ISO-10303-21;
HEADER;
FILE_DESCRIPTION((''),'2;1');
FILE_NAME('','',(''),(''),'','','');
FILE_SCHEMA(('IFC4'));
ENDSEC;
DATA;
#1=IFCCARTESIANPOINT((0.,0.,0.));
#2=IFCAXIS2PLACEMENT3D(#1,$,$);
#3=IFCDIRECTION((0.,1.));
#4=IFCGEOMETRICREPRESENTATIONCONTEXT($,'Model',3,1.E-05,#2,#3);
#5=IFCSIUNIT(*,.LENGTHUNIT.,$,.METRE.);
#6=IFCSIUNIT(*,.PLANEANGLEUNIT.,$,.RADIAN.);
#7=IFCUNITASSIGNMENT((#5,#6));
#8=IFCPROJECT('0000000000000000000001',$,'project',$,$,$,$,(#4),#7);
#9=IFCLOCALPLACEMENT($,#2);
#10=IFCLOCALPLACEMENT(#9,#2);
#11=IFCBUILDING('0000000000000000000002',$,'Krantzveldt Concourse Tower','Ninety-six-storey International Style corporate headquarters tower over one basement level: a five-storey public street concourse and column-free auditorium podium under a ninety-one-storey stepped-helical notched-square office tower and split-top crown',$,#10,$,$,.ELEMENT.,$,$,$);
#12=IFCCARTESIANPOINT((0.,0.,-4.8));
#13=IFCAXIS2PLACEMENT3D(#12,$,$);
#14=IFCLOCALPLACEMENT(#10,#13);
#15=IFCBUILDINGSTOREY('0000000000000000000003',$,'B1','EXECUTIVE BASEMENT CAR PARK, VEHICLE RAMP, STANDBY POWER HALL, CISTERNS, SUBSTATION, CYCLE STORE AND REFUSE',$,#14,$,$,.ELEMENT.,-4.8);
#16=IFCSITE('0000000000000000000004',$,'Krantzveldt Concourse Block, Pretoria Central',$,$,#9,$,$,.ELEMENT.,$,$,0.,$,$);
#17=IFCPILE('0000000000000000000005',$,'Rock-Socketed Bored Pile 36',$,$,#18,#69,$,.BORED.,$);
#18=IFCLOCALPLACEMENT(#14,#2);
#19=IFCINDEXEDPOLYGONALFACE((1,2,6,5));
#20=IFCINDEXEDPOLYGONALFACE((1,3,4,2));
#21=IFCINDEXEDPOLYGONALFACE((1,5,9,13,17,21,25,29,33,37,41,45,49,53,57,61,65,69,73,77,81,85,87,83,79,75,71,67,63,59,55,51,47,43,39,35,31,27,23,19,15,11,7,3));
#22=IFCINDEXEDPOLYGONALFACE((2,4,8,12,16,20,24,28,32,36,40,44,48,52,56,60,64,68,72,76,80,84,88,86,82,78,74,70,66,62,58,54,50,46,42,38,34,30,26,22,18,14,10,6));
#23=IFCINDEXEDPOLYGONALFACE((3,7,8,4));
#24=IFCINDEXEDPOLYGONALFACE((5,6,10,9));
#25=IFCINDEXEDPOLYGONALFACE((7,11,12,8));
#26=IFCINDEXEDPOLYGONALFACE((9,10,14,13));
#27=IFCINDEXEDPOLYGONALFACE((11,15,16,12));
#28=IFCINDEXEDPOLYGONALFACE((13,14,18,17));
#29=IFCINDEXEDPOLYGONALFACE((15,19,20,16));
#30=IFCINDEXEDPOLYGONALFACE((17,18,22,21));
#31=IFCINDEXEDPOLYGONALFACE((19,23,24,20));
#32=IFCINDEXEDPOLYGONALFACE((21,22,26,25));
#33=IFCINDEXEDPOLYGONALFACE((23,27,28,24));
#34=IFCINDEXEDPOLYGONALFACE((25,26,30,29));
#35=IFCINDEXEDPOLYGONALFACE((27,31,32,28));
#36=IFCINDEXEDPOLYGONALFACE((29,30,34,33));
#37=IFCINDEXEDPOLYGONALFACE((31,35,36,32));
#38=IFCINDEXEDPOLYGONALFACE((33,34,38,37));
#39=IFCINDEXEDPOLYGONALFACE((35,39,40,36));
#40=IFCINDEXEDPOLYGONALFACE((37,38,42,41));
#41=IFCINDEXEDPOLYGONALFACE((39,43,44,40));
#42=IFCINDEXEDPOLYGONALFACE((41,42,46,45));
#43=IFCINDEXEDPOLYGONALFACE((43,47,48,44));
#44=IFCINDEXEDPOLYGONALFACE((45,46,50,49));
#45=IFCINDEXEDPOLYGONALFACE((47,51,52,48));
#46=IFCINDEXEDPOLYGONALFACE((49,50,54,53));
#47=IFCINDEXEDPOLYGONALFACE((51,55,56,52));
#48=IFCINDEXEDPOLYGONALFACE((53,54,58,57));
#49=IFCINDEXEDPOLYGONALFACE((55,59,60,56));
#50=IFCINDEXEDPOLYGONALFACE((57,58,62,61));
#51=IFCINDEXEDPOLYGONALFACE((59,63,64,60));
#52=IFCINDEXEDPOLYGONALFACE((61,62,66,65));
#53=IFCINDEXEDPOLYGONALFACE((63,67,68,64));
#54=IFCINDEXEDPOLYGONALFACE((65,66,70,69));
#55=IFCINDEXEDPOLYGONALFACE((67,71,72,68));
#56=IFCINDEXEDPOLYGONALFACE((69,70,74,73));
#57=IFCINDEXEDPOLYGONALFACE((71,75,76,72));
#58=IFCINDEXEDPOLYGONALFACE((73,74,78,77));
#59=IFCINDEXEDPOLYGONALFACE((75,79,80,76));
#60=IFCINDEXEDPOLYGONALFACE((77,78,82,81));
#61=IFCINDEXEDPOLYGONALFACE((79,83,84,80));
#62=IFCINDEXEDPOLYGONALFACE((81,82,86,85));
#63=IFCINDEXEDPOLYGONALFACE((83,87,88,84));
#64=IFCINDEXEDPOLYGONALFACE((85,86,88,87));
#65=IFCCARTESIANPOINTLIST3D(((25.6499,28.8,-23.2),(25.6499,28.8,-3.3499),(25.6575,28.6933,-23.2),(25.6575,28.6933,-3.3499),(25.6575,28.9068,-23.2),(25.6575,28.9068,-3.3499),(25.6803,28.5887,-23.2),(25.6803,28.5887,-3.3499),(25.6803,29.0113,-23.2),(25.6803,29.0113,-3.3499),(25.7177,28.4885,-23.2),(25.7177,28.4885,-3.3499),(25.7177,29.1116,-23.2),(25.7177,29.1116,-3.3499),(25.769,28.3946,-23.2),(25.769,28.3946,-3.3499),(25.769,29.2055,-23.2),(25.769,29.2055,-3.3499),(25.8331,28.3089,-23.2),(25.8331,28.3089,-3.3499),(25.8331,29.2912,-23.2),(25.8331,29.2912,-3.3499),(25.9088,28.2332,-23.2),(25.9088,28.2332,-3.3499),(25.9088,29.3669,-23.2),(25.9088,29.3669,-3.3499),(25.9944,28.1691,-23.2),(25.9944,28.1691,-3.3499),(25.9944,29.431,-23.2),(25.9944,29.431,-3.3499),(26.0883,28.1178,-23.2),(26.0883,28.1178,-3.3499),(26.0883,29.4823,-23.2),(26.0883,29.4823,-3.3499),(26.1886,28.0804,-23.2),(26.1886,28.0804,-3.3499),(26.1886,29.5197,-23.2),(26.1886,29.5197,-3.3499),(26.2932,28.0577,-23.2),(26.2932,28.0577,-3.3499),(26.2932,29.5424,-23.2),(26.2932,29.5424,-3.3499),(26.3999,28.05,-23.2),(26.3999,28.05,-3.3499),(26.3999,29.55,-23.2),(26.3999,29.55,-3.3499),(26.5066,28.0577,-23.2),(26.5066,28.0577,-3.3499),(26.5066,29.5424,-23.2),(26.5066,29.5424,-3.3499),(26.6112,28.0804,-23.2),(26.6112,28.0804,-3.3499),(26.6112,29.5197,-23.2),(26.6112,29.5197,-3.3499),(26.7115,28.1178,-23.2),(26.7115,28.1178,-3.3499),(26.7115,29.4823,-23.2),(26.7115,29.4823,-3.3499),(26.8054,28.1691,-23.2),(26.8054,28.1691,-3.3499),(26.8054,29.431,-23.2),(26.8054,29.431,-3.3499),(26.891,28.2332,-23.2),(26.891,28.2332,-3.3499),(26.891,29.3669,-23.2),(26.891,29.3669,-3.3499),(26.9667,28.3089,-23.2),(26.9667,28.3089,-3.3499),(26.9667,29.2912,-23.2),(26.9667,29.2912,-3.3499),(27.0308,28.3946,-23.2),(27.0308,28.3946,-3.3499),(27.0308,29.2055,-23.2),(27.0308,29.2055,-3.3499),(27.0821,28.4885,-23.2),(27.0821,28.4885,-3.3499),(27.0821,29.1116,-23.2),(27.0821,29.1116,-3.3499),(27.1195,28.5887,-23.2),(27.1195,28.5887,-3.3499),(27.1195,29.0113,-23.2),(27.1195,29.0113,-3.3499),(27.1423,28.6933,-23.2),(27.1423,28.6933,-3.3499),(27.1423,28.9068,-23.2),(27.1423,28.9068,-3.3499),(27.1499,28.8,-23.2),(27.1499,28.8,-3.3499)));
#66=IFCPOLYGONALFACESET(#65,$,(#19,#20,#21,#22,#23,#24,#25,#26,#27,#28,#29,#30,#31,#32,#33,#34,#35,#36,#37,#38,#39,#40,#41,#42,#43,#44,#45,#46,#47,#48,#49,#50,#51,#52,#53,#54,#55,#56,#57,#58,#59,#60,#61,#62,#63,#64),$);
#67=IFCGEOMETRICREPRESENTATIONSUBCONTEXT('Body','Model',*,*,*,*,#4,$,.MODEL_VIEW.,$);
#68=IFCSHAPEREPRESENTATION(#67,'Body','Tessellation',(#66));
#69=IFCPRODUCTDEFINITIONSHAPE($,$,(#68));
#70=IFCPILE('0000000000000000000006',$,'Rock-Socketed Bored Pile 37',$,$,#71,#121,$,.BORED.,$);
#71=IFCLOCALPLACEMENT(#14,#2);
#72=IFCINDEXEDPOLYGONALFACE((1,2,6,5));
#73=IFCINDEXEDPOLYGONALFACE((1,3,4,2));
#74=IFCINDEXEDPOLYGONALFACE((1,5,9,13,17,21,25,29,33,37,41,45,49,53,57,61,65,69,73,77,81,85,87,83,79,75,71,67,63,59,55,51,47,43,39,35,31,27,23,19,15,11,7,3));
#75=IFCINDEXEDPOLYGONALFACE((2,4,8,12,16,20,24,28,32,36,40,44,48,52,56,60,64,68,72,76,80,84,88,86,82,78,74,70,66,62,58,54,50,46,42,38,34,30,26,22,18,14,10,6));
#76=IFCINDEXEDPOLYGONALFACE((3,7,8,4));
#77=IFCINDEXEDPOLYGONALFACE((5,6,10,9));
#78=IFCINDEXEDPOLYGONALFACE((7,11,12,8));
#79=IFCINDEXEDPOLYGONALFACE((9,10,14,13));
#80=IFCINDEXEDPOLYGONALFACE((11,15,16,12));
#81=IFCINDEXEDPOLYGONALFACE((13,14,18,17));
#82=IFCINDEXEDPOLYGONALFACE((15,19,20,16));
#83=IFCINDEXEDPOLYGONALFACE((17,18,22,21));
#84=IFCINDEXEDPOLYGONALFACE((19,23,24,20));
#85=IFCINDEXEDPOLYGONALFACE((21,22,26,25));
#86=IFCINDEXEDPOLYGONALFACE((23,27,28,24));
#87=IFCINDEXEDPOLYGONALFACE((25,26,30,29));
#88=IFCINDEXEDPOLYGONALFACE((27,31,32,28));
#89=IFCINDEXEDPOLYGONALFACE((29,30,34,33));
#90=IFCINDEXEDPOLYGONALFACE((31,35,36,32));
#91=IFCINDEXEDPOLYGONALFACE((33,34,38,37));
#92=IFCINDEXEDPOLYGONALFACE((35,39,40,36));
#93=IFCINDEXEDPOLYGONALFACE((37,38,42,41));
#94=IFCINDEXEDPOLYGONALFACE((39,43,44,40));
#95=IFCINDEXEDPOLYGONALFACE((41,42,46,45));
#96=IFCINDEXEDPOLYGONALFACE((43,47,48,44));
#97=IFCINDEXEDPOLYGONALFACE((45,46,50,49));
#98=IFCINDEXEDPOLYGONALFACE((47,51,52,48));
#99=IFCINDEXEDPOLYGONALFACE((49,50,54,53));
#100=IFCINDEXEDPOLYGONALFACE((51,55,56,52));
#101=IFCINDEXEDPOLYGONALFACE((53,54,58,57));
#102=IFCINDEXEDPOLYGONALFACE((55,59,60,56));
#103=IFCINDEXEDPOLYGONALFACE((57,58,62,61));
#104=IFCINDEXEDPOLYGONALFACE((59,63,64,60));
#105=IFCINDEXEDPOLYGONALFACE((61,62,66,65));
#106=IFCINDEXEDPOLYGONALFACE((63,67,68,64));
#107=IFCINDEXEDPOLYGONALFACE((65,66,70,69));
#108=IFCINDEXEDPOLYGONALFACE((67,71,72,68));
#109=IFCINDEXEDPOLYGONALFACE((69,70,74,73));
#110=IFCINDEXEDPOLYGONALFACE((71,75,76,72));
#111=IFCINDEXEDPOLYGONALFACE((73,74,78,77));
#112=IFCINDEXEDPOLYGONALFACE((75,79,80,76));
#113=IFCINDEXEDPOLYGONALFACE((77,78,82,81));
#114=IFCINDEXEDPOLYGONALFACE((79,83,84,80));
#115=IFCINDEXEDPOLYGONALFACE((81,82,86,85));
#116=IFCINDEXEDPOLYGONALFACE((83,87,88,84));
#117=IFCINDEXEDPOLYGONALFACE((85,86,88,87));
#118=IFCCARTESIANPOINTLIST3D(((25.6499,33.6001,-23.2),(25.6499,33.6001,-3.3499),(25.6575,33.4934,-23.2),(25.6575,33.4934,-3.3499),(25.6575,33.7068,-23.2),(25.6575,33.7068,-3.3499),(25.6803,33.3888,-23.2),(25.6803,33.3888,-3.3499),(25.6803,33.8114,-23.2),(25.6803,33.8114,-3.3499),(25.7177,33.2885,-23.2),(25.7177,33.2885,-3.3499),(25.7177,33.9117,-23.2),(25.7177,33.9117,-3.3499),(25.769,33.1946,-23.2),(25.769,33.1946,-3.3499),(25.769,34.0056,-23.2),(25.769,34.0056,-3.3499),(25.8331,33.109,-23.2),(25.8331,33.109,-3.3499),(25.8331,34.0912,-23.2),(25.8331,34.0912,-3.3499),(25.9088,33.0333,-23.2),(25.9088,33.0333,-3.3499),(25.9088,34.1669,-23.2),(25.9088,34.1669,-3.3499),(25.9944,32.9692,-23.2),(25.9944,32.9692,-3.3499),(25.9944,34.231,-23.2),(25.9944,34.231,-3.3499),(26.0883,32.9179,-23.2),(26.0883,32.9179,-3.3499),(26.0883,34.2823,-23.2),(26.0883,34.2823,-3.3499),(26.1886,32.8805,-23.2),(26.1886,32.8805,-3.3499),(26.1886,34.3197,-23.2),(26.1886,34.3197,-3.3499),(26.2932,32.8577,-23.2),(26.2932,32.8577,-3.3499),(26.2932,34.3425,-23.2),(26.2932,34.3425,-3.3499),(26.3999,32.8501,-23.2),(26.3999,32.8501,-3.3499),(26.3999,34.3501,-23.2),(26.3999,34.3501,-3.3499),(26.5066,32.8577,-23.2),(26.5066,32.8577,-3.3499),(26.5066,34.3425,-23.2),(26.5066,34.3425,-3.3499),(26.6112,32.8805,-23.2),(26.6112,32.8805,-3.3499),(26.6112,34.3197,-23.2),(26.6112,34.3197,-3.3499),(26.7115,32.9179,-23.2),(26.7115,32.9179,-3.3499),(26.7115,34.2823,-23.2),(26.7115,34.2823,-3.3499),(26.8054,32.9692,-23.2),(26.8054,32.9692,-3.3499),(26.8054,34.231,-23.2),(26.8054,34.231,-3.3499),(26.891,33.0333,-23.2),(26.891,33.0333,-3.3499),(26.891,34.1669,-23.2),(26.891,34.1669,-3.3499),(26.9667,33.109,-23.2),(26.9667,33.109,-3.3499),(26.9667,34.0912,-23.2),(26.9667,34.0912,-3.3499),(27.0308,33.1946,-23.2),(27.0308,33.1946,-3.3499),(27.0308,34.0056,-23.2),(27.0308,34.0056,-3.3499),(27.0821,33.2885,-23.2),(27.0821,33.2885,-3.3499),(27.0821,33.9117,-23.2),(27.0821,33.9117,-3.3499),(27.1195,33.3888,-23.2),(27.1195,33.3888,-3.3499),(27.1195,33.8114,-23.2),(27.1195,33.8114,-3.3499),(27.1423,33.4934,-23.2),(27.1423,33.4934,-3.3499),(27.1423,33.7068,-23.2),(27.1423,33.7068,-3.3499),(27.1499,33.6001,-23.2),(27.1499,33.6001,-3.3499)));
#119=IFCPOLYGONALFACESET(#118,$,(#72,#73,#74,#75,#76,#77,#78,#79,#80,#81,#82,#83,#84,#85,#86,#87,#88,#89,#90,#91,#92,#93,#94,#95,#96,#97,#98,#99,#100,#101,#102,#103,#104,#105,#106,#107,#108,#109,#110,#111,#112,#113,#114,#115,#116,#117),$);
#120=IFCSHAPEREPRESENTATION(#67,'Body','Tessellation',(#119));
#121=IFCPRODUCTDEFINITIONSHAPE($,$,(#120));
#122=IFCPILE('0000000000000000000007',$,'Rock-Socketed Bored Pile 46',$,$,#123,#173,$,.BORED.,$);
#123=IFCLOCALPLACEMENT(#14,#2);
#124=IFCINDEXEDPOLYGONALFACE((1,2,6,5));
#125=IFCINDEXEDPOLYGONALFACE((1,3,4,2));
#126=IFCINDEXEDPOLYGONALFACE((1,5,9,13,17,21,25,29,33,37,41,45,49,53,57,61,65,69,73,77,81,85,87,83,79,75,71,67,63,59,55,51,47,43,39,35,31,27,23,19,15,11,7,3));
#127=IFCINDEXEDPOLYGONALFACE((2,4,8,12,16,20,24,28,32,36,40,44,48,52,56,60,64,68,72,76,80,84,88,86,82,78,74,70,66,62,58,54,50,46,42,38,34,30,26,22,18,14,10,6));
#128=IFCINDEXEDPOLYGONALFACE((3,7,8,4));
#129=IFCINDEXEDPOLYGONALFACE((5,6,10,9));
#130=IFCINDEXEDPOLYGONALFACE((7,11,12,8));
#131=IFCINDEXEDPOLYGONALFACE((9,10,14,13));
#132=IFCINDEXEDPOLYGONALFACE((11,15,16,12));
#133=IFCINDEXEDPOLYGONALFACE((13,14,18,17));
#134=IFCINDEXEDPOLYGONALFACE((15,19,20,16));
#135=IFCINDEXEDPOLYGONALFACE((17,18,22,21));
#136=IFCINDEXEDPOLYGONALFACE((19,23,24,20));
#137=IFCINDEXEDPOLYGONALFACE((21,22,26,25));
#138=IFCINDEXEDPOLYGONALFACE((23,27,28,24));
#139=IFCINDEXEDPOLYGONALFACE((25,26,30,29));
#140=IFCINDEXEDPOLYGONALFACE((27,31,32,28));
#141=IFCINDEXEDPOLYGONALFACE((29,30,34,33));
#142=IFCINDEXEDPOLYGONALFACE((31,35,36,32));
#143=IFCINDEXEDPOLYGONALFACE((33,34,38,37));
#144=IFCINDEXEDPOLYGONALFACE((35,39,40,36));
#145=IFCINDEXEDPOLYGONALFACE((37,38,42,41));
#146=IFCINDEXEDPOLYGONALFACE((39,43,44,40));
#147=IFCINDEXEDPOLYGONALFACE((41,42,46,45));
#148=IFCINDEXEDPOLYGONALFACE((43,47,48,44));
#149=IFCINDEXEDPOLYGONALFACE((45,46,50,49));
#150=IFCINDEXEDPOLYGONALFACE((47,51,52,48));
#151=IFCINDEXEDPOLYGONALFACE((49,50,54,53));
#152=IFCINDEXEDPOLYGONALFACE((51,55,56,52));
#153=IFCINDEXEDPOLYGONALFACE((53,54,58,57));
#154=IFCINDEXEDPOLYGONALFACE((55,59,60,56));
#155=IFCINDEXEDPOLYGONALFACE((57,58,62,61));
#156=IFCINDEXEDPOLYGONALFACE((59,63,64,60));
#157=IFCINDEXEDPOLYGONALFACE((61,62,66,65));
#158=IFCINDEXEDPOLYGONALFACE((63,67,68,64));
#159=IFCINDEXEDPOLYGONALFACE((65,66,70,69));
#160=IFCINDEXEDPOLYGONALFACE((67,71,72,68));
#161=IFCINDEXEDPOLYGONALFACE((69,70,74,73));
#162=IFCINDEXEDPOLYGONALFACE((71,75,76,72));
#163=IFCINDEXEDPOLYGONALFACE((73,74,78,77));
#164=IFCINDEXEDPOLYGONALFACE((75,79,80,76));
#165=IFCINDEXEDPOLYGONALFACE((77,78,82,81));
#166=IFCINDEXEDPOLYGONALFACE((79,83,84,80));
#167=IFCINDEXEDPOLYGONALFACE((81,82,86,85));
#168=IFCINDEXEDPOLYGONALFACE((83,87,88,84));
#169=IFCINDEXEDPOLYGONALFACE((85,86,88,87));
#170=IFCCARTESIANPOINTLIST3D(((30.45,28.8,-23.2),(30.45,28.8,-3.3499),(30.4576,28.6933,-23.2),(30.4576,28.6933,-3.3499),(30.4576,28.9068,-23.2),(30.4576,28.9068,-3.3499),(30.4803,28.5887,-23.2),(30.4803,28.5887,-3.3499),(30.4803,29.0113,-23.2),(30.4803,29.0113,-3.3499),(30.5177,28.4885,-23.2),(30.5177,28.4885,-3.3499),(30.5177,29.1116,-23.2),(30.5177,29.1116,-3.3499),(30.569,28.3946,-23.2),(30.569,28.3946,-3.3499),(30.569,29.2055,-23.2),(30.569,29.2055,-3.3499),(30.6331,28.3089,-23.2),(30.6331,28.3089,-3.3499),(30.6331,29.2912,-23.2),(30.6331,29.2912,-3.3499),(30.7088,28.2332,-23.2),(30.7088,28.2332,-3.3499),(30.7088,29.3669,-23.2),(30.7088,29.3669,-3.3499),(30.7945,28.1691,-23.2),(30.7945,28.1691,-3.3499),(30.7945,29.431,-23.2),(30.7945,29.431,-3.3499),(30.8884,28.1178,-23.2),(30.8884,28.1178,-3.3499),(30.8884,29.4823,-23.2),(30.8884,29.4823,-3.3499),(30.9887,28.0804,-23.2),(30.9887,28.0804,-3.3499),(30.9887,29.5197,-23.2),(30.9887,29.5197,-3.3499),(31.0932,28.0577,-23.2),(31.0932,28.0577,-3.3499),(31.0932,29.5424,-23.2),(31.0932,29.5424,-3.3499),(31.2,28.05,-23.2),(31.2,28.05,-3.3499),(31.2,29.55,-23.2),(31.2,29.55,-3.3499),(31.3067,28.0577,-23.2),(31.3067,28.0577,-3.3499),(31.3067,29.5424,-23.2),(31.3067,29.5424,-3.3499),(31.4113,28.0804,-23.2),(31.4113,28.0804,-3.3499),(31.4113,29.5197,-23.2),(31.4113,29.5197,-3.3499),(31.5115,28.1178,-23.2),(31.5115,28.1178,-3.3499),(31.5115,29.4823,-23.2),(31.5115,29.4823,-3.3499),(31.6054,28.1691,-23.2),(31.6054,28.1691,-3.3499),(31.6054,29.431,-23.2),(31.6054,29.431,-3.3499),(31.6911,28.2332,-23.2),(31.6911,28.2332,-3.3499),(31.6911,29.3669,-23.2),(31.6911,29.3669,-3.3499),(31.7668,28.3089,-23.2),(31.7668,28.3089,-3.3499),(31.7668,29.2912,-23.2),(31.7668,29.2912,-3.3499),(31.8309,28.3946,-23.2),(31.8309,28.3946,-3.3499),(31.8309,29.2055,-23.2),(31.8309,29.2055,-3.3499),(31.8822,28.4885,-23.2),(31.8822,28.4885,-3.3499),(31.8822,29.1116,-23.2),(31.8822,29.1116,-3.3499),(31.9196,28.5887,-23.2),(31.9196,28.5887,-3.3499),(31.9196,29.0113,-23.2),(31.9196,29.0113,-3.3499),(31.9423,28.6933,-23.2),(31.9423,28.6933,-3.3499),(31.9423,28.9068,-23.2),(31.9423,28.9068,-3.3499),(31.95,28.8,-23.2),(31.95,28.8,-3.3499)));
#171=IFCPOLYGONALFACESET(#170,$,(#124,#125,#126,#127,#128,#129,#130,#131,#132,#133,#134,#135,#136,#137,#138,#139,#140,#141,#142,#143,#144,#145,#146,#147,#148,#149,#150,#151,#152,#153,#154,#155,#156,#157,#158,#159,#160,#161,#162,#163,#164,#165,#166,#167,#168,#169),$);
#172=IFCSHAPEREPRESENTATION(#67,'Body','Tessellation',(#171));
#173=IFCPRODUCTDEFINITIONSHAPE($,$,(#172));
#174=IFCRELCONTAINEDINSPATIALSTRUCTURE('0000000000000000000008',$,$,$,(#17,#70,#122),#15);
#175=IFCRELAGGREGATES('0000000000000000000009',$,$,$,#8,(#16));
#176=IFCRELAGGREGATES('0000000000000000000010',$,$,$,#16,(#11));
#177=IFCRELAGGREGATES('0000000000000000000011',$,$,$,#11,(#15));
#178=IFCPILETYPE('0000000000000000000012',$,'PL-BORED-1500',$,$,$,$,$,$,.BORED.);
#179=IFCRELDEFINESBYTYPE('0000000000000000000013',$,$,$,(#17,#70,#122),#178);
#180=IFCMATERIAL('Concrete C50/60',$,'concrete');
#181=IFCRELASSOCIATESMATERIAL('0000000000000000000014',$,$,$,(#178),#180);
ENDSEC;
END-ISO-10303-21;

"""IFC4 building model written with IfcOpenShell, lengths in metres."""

from ifc_helpers import new_model, si_unit, direction, frame, origin, origin_2d, place, context, subcontext, project, spatial, circle, extrude, source, transform, mapped, material, material_profile, profile_set, type_object, type_shapes, element, save


model = new_model("IFC4")

# Units and contexts
model_context = context("Model", 3, precision=1e-05, world=origin(), true_north=direction((0.0, 1.0)))
body_context = subcontext(model_context, "Body", "Model", "MODEL_VIEW")
ifc_project = project(units=[si_unit("LENGTHUNIT", "METRE"), si_unit("PLANEANGLEUNIT", "RADIAN")], contexts=[model_context])

# Site, building, storey
site_placement = place(None, origin())
site = spatial("IfcSite", under=ifc_project, at=site_placement, Name="Krantzveldt Concourse Block, Pretoria Central", CompositionType="ELEMENT", RefElevation=0.0)
building_placement = place(site_placement, origin())
building = spatial("IfcBuilding", under=site, at=building_placement, Name="Krantzveldt Concourse Tower", Description="Ninety-six-storey International Style corporate headquarters tower over one basement level: a five-storey public street concourse and column-free auditorium podium under a ninety-one-storey stepped-helical notched-square office tower and split-top crown", CompositionType="ELEMENT")
storey_placement = place(building_placement, frame((0.0, 0.0, -4.8)))
storey = spatial("IfcBuildingStorey", under=building, at=storey_placement, Name="B1", Description="EXECUTIVE BASEMENT CAR PARK, VEHICLE RAMP, STANDBY POWER HALL, CISTERNS, SUBSTATION, CYCLE STORE AND REFUSE", CompositionType="ELEMENT", Elevation=-4.8)

# Piles
ifc_material_1 = material(Name="Concrete C50/60", Category="concrete")
ifc_material_profile_1 = material_profile(ifc_material_1, circle(Radius=0.75, at=origin_2d()), Name="Concrete C50/60", Category="concrete")
ifc_profile_set_1 = profile_set([ifc_material_profile_1], Name="Concrete C50/60 - PILE D1500")
pile_type_1 = type_object("IfcPileType", Name="PL-BORED-1500", PredefinedType="BORED", material=ifc_profile_set_1)
shared_shape_1 = source(origin(), body_context, "Body", "SweptSolid", [
    extrude(circle(Radius=0.75, at=origin_2d()), origin(), (0.0, 0.0, 1.0), 19.8501),
])
type_shapes(pile_type_1, [shared_shape_1])
for number, where, z_axis, x_axis, name in (
    (1, (26.3999, 28.8, -3.3499), (0.0, 0.0, -1.0), (1.0, 0.0, 0.0), "Rock-Socketed Bored Pile 36"),
    (2, (26.3999, 33.6001, -3.3499), (0.0, 0.0, -1.0), (1.0, 0.0, 0.0), "Rock-Socketed Bored Pile 37"),
    (3, (31.2, 28.8, -3.3499), (0.0, 0.0, -1.0), (1.0, 0.0, 0.0), "Rock-Socketed Bored Pile 46"),
):
    element("IfcPile", number, at=place(storey_placement, frame(where, z_axis=z_axis, x_axis=x_axis)), inside=storey, type_object=pile_type_1, Name=name, PredefinedType="BORED", context=body_context, shape_type="MappedRepresentation", body=[
        mapped(shared_shape_1, transform((0.0, 0.0, 0.0), x_axis=(1.0, 0.0, 0.0), y_axis=(0.0, 1.0, 0.0), z_axis=(0.0, 0.0, 1.0), scale=1.0)),
    ])

save(model, "model.ifc")
